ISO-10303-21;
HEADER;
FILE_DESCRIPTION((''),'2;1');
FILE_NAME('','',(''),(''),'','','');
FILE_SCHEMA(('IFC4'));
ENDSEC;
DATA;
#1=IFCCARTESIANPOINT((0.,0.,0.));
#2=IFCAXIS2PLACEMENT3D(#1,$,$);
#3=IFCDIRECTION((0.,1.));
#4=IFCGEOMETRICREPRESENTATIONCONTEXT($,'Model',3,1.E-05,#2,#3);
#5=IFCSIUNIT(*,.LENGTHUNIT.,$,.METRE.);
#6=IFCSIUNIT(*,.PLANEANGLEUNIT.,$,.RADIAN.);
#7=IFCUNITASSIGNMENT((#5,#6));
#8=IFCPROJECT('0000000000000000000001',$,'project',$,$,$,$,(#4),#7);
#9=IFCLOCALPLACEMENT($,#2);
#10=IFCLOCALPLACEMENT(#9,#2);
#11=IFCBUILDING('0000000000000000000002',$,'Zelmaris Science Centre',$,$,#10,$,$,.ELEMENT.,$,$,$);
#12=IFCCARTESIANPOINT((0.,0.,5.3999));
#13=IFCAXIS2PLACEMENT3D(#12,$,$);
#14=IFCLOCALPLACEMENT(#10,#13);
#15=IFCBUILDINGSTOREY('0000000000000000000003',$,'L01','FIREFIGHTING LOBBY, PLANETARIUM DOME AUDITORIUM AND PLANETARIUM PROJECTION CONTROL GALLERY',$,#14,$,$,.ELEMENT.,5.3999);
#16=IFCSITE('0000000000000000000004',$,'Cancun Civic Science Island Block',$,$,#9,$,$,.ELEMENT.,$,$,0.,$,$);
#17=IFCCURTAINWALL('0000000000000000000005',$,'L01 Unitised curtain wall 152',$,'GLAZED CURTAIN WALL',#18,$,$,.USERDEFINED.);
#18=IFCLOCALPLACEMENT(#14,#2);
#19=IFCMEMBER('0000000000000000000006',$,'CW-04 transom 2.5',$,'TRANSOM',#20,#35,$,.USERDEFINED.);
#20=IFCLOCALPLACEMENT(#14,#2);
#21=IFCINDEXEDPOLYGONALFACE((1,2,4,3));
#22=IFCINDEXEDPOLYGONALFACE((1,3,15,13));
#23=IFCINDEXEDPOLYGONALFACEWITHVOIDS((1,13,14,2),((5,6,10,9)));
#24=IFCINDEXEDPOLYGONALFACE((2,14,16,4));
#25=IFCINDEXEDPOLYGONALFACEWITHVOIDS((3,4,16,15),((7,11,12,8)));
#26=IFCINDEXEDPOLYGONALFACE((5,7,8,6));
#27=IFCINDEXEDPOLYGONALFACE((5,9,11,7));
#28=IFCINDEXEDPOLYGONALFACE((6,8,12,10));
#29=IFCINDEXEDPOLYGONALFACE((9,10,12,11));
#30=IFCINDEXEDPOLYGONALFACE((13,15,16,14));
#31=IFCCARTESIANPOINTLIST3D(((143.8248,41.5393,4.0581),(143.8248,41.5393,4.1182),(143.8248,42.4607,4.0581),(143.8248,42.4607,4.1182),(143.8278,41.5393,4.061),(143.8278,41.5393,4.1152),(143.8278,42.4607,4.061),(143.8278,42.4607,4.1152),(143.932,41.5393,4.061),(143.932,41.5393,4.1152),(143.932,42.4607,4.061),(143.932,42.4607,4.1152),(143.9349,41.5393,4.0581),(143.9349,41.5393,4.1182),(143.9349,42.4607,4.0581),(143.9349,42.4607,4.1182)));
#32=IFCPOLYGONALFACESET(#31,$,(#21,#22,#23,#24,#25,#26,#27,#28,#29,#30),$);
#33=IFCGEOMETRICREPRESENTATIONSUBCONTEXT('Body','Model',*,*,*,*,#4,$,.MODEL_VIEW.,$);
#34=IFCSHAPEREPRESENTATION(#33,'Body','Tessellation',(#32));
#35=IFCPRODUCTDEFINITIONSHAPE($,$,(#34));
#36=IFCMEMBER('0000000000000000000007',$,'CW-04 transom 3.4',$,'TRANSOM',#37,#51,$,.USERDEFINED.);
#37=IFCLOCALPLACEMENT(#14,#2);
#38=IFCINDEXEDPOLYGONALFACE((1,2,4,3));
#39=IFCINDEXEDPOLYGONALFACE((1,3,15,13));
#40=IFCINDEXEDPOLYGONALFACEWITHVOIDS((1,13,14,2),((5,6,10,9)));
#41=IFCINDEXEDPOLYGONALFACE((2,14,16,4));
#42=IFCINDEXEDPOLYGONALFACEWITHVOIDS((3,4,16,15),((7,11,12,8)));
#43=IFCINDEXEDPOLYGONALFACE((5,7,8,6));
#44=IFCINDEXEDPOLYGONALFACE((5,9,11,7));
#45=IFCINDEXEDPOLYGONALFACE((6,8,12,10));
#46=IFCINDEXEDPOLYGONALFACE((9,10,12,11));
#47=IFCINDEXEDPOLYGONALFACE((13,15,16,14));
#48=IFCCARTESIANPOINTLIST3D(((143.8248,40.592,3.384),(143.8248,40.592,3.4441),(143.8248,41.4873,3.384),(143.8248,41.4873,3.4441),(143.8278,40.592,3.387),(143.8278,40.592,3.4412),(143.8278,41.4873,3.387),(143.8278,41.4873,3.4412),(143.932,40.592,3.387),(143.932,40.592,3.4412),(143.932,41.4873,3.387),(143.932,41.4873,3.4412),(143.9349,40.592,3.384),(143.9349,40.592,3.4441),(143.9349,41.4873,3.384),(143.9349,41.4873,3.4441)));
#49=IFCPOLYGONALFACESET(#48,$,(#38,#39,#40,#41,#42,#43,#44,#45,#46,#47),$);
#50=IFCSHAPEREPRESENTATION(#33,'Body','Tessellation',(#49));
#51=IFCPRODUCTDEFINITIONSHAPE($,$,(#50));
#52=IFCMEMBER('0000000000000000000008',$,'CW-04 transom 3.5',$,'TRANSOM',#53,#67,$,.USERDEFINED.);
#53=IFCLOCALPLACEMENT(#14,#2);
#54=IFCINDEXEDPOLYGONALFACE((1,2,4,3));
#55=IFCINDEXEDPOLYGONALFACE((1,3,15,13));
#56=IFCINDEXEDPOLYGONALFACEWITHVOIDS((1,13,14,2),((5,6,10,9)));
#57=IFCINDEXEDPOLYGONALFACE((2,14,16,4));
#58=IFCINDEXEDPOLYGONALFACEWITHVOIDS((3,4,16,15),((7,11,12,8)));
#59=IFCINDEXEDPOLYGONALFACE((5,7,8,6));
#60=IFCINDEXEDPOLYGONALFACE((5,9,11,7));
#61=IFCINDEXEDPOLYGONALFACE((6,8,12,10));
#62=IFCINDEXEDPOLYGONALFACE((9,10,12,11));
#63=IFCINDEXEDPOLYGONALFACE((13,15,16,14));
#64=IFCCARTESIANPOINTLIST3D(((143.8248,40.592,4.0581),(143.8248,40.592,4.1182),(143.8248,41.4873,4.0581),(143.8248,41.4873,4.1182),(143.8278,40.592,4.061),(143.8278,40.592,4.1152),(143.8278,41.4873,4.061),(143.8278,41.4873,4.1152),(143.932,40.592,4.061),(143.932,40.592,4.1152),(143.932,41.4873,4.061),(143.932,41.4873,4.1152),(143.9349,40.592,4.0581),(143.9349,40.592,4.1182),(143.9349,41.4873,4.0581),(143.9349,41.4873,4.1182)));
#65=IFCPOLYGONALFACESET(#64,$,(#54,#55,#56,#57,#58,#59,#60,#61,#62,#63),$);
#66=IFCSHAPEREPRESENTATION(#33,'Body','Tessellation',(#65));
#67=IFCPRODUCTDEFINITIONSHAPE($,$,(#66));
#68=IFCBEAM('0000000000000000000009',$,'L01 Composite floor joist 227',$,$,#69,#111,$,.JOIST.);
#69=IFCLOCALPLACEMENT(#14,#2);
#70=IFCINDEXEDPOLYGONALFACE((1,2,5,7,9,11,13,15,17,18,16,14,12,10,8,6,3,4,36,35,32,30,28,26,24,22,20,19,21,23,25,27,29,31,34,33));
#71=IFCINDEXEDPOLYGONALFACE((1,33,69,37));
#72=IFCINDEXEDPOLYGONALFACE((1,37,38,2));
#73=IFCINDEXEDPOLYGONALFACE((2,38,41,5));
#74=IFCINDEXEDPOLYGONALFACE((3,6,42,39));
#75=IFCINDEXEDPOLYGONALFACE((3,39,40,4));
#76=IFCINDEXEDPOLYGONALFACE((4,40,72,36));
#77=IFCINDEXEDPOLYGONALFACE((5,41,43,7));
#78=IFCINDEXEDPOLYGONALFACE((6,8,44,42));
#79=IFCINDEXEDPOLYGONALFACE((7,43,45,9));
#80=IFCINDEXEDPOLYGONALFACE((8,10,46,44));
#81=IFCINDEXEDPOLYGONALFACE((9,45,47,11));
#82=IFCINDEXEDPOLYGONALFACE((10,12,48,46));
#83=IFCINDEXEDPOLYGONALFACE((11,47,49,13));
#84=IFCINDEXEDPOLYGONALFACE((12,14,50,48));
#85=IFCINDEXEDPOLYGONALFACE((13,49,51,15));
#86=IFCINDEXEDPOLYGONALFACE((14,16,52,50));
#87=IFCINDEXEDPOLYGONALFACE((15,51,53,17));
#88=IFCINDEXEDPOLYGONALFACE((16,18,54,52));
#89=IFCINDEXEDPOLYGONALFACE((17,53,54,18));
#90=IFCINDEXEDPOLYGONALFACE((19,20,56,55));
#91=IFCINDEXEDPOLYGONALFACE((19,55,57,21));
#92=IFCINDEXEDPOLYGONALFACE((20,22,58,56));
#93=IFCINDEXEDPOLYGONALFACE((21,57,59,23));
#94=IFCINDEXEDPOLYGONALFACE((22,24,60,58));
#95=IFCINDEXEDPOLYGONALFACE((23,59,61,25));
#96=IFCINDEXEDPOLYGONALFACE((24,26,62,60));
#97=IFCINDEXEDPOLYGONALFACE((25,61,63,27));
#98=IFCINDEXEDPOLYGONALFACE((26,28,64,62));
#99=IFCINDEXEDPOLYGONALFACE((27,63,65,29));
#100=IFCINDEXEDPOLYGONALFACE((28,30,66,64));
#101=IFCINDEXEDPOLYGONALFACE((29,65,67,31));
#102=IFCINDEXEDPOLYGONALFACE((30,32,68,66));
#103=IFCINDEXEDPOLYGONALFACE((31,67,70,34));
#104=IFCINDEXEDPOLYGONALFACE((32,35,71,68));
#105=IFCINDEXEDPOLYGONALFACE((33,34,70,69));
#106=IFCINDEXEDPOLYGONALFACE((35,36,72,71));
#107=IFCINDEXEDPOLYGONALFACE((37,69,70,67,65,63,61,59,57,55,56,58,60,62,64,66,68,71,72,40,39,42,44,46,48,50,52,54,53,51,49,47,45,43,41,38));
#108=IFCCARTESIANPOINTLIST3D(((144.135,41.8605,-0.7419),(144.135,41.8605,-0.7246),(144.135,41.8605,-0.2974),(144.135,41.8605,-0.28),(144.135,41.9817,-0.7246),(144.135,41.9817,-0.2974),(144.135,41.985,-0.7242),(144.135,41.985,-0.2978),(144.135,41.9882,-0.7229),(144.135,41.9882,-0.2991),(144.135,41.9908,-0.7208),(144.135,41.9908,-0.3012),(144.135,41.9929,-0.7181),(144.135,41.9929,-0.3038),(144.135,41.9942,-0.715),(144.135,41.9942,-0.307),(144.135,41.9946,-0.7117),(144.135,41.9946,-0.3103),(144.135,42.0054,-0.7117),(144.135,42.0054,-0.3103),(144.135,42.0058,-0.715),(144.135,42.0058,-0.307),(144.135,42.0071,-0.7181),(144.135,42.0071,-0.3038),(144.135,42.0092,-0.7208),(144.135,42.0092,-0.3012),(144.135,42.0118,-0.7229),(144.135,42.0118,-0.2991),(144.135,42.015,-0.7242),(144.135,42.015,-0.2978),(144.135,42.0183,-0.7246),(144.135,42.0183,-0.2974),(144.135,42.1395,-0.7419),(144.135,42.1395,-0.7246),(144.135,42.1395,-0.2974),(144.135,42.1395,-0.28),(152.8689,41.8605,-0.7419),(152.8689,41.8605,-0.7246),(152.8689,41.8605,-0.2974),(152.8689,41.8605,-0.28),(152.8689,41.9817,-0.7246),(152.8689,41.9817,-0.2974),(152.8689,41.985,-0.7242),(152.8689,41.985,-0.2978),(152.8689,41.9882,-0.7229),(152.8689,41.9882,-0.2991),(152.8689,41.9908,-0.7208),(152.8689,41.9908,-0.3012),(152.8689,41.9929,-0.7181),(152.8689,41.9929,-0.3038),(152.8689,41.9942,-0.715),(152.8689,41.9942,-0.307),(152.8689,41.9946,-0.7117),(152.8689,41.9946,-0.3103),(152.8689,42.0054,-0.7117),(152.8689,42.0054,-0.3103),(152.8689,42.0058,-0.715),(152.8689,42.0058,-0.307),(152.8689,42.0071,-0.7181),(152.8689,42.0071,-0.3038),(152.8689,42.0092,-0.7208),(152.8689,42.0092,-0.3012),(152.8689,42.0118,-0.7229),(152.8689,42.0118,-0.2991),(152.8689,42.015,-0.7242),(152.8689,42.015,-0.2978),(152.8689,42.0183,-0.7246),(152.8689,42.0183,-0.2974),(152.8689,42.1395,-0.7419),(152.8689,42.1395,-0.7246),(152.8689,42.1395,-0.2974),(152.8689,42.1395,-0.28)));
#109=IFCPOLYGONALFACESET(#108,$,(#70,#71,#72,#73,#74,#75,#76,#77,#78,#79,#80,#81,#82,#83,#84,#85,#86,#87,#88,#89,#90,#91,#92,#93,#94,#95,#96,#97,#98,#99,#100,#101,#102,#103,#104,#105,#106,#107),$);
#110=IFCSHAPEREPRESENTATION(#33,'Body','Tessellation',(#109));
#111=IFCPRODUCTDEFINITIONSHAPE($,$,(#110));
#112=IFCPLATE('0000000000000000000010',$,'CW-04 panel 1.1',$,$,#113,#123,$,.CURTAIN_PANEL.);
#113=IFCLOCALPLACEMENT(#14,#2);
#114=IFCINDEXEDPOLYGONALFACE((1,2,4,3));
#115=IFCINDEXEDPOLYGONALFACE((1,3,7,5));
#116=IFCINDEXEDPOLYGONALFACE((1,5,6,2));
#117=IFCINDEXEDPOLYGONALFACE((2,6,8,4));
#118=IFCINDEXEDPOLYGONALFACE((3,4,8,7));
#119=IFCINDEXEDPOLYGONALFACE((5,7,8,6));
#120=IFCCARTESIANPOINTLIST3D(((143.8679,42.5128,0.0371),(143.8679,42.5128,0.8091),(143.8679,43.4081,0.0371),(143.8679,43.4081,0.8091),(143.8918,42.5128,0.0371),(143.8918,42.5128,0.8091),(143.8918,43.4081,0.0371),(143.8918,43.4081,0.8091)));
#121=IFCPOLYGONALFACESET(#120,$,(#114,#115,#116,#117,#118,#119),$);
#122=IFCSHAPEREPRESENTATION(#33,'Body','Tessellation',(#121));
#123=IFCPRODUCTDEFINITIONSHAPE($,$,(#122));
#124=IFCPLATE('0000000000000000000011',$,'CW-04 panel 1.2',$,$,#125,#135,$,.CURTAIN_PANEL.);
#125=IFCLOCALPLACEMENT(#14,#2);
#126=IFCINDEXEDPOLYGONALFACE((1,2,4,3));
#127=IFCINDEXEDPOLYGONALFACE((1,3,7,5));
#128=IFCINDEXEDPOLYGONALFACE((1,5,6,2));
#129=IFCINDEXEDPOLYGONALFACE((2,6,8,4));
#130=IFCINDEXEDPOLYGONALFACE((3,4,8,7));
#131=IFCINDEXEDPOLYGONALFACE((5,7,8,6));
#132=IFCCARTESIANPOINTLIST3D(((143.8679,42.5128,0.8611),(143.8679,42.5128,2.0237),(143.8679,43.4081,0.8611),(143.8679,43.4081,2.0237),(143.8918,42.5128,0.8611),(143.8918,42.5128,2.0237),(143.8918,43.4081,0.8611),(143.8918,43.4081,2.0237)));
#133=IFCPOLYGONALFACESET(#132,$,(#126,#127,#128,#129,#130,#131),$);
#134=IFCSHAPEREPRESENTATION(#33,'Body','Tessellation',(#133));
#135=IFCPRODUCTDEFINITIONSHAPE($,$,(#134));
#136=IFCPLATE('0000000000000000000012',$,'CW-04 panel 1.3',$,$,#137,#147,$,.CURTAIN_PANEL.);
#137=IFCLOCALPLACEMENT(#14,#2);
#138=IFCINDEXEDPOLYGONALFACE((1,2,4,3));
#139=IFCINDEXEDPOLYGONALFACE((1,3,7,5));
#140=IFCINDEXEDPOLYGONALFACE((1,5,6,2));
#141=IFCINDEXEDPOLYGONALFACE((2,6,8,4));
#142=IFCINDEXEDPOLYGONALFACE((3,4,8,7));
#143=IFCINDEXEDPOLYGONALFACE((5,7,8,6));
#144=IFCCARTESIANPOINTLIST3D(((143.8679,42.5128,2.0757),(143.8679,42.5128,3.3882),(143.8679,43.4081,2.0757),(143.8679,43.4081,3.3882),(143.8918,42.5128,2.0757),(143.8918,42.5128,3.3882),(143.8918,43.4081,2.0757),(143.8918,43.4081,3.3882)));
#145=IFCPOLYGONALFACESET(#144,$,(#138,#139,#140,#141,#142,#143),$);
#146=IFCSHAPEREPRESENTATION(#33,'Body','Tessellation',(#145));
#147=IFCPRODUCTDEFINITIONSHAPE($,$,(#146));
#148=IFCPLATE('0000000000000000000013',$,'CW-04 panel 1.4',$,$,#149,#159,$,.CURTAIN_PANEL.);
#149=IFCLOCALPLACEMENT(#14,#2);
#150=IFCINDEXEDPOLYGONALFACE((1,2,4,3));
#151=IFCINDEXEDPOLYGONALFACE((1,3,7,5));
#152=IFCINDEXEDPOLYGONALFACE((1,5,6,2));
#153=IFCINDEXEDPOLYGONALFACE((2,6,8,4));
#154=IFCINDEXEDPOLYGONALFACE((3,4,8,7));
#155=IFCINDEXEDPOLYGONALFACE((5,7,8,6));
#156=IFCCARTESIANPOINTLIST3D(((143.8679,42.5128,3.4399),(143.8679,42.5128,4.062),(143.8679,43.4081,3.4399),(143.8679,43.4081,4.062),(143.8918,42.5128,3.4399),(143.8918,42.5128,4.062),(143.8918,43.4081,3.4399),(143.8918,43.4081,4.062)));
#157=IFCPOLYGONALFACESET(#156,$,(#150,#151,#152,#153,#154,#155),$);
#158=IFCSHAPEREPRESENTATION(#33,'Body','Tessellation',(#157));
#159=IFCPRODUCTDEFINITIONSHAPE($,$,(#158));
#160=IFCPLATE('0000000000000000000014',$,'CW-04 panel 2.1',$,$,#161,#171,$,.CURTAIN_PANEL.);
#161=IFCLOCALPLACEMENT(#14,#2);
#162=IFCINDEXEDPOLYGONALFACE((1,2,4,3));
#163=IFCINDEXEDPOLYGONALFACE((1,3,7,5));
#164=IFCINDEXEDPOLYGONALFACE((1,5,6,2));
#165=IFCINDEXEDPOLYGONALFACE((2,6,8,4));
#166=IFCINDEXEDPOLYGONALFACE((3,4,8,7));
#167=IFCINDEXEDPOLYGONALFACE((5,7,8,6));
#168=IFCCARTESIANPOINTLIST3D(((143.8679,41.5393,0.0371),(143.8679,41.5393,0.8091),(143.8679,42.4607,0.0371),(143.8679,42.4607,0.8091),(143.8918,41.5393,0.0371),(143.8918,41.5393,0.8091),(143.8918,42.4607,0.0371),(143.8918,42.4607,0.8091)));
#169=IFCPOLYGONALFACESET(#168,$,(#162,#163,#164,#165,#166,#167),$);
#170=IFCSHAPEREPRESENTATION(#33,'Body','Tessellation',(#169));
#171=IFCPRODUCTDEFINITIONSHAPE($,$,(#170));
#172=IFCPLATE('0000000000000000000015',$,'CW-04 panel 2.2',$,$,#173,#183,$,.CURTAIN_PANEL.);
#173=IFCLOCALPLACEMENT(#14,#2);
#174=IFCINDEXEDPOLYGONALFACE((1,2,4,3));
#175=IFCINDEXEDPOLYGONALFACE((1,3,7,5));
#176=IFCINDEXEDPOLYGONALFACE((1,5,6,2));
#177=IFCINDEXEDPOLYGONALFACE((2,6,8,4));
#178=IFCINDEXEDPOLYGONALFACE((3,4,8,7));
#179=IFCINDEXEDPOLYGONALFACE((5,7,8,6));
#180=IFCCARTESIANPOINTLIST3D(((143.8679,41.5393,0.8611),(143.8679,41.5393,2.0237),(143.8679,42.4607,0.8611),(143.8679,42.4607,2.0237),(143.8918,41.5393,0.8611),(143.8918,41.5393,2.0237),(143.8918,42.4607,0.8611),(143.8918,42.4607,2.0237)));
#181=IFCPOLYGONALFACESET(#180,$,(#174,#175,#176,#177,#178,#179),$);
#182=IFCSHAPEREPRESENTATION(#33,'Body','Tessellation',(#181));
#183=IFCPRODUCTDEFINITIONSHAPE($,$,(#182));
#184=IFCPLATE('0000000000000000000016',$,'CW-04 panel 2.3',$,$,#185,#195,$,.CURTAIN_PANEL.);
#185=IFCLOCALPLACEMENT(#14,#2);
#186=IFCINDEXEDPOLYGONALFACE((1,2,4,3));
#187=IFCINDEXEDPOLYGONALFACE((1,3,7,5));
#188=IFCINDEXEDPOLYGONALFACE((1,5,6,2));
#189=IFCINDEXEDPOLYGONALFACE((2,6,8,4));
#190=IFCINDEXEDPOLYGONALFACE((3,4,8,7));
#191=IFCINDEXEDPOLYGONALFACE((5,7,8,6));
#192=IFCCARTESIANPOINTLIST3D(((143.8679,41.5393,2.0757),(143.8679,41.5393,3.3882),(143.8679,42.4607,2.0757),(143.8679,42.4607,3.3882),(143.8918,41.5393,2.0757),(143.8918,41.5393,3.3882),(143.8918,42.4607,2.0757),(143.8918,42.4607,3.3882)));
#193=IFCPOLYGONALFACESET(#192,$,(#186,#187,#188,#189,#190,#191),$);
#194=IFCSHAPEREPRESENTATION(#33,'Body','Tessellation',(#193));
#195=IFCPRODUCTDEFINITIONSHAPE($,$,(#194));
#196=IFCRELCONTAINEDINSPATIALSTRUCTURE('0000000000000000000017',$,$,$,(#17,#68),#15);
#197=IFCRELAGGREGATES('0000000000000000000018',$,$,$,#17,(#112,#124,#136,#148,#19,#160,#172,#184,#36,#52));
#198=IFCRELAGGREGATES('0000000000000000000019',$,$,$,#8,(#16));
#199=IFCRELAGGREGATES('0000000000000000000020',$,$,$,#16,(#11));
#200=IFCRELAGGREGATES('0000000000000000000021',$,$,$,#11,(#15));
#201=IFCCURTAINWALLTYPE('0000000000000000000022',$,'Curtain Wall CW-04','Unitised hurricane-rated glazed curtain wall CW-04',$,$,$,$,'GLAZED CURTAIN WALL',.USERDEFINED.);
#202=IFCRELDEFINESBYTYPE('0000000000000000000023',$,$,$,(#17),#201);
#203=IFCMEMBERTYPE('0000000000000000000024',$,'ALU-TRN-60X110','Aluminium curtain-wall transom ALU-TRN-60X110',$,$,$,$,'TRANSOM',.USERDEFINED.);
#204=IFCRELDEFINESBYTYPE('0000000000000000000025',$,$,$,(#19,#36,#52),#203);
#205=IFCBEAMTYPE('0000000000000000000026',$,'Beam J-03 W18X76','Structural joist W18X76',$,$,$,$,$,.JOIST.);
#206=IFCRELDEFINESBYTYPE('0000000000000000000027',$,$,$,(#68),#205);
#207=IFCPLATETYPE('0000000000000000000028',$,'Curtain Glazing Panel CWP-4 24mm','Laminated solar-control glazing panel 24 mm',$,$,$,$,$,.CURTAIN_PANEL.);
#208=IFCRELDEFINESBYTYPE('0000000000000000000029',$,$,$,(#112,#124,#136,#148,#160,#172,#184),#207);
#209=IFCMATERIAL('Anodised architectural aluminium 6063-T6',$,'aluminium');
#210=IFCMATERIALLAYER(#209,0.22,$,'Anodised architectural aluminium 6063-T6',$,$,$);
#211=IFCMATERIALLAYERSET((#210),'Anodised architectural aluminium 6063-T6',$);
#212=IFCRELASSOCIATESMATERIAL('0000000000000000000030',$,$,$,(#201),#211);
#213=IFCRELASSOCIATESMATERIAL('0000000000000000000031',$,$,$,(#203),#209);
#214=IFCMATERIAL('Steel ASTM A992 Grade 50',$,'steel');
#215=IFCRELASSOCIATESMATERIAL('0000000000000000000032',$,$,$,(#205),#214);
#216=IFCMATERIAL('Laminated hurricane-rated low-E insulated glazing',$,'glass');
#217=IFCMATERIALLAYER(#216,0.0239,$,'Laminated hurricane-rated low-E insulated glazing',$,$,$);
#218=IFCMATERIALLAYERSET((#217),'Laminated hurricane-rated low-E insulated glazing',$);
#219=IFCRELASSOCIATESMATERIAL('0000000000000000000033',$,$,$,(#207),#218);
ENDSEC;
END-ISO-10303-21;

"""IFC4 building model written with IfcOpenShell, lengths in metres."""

from ifc_helpers import new_model, si_unit, direction, frame, origin, origin_2d, place, context, subcontext, project, spatial, rectangle, hollow_rectangle, i_section, extrude, material, layer, layer_set, material_profile, profile_set, type_object, element, aggregate, save


model = new_model("IFC4")

# Units and contexts
model_context = context("Model", 3, precision=1e-05, world=origin(), true_north=direction((0.0, 1.0)))
body_context = subcontext(model_context, "Body", "Model", "MODEL_VIEW")
ifc_project = project(units=[si_unit("LENGTHUNIT", "METRE"), si_unit("PLANEANGLEUNIT", "RADIAN")], contexts=[model_context])

# Site, building, storey
site_placement = place(None, origin())
site = spatial("IfcSite", under=ifc_project, at=site_placement, Name="Cancun Civic Science Island Block", CompositionType="ELEMENT", RefElevation=0.0)
building_placement = place(site_placement, origin())
building = spatial("IfcBuilding", under=site, at=building_placement, Name="Zelmaris Science Centre", CompositionType="ELEMENT")
storey_placement = place(building_placement, frame((0.0, 0.0, 5.3999)))
storey = spatial("IfcBuildingStorey", under=building, at=storey_placement, Name="L01", Description="FIREFIGHTING LOBBY, PLANETARIUM DOME AUDITORIUM AND PLANETARIUM PROJECTION CONTROL GALLERY", CompositionType="ELEMENT", Elevation=5.3999)

# Curtain wall, members
ifc_material_1 = material(Name="Anodised architectural aluminium 6063-T6", Category="aluminium")
ifc_layer_1 = layer(ifc_material_1, 0.22, Name="Anodised architectural aluminium 6063-T6")
ifc_layer_set_1 = layer_set([ifc_layer_1], Name="Anodised architectural aluminium 6063-T6")
curtain_wall_type = type_object("IfcCurtainWallType", Name="Curtain Wall CW-04", Description="Unitised hurricane-rated glazed curtain wall CW-04", ElementType="GLAZED CURTAIN WALL", PredefinedType="USERDEFINED", material=ifc_layer_set_1)
curtain_wall_placement = place(storey_placement, origin())
curtain_wall = element("IfcCurtainWall", 1, at=curtain_wall_placement, inside=storey, type_object=curtain_wall_type, Name="L01 Unitised curtain wall 152", ObjectType="GLAZED CURTAIN WALL", PredefinedType="USERDEFINED")
ifc_material_profile_1 = material_profile(ifc_material_1, hollow_rectangle(XDim=0.0601, YDim=0.1101, WallThickness=0.0029, at=origin_2d()), Name="ALU-TRN-60X110")
ifc_profile_set_1 = profile_set([ifc_material_profile_1], Name="Anodised architectural aluminium 6063-T6")
member_type_1 = type_object("IfcMemberType", Name="ALU-TRN-60X110", Description="Aluminium curtain-wall transom ALU-TRN-60X110", ElementType="TRANSOM", PredefinedType="USERDEFINED", material=ifc_profile_set_1)
member_1_placement = place(storey_placement, frame((143.8799, 42.4607, 4.0881), z_axis=(0.0, -1.0, 0.0), x_axis=(0.0, 0.0, 1.0)))
member_1 = element("IfcMember", 2, at=member_1_placement, type_object=member_type_1, Name="CW-04 transom 2.5", ObjectType="TRANSOM", PredefinedType="USERDEFINED", context=body_context, shape_type="SweptSolid", body=[
    extrude(hollow_rectangle(XDim=0.0601, YDim=0.1101, WallThickness=0.0029, at=origin_2d()), origin(), (0.0, 0.0, 1.0), 0.9214),
])
member_2_placement = place(storey_placement, frame((143.8799, 41.4873, 3.4141), z_axis=(0.0, -1.0, 0.0), x_axis=(0.0, 0.0, 1.0)))
member_2 = element("IfcMember", 3, at=member_2_placement, type_object=member_type_1, Name="CW-04 transom 3.4", ObjectType="TRANSOM", PredefinedType="USERDEFINED", context=body_context, shape_type="SweptSolid", body=[
    extrude(hollow_rectangle(XDim=0.0601, YDim=0.1101, WallThickness=0.0029, at=origin_2d()), origin(), (0.0, 0.0, 1.0), 0.8953),
])
member_3_placement = place(storey_placement, frame((143.8799, 41.4873, 4.0881), z_axis=(0.0, -1.0, 0.0), x_axis=(0.0, 0.0, 1.0)))
member_3 = element("IfcMember", 4, at=member_3_placement, type_object=member_type_1, Name="CW-04 transom 3.5", ObjectType="TRANSOM", PredefinedType="USERDEFINED", context=body_context, shape_type="SweptSolid", body=[
    extrude(hollow_rectangle(XDim=0.0601, YDim=0.1101, WallThickness=0.0029, at=origin_2d()), origin(), (0.0, 0.0, 1.0), 0.8953),
])

# Beam
ifc_material_2 = material(Name="Steel ASTM A992 Grade 50", Category="steel")
ifc_material_profile_2 = material_profile(ifc_material_2, i_section(OverallWidth=0.2791, OverallDepth=0.4619, WebThickness=0.0107, FlangeThickness=0.0173, FilletRadius=0.0129, at=origin_2d()), Name="W18X76")
ifc_profile_set_2 = profile_set([ifc_material_profile_2], Name="Steel ASTM A992 Grade 50")
beam_type = type_object("IfcBeamType", Name="Beam J-03 W18X76", Description="Structural joist W18X76", PredefinedType="JOIST", material=ifc_profile_set_2)
beam_placement = place(storey_placement, frame((144.135, 42.0, -0.511), z_axis=(1.0, 0.0, 0.0), x_axis=(0.0, 1.0, 0.0)))
element("IfcBeam", 5, at=beam_placement, inside=storey, type_object=beam_type, Name="L01 Composite floor joist 227", PredefinedType="JOIST", context=body_context, shape_type="SweptSolid", body=[
    extrude(i_section(OverallWidth=0.2791, OverallDepth=0.4619, WebThickness=0.0107, FlangeThickness=0.0173, FilletRadius=0.0129, at=origin_2d()), origin(), (0.0, 0.0, 1.0), 8.7339),
])

# Plates
ifc_material_3 = material(Name="Laminated hurricane-rated low-E insulated glazing", Category="glass")
ifc_layer_2 = layer(ifc_material_3, 0.0239, Name="Laminated hurricane-rated low-E insulated glazing")
ifc_layer_set_2 = layer_set([ifc_layer_2], Name="Laminated hurricane-rated low-E insulated glazing")
plate_type = type_object("IfcPlateType", Name="Curtain Glazing Panel CWP-4 24mm", Description="Laminated solar-control glazing panel 24 mm", PredefinedType="CURTAIN_PANEL", material=ifc_layer_set_2)
plate_1_placement = place(storey_placement, frame((143.8799, 42.9604, 0.0371), z_axis=(0.0, 0.0, 1.0), x_axis=(0.0, -1.0, 0.0)))
plate_1 = element("IfcPlate", 6, at=plate_1_placement, type_object=plate_type, Name="CW-04 panel 1.1", PredefinedType="CURTAIN_PANEL", context=body_context, shape_type="SweptSolid", body=[
    extrude(rectangle(XDim=0.8953, YDim=0.0239, at=origin_2d()), origin(), (0.0, 0.0, 1.0), 0.772),
])
plate_2_placement = place(storey_placement, frame((143.8799, 42.9604, 0.8611), z_axis=(0.0, 0.0, 1.0), x_axis=(0.0, -1.0, 0.0)))
plate_2 = element("IfcPlate", 7, at=plate_2_placement, type_object=plate_type, Name="CW-04 panel 1.2", PredefinedType="CURTAIN_PANEL", context=body_context, shape_type="SweptSolid", body=[
    extrude(rectangle(XDim=0.8953, YDim=0.0239, at=origin_2d()), origin(), (0.0, 0.0, 1.0), 1.1626),
])
plate_3_placement = place(storey_placement, frame((143.8799, 42.9604, 2.0757), z_axis=(0.0, 0.0, 1.0), x_axis=(0.0, -1.0, 0.0)))
plate_3 = element("IfcPlate", 8, at=plate_3_placement, type_object=plate_type, Name="CW-04 panel 1.3", PredefinedType="CURTAIN_PANEL", context=body_context, shape_type="SweptSolid", body=[
    extrude(rectangle(XDim=0.8953, YDim=0.0239, at=origin_2d()), origin(), (0.0, 0.0, 1.0), 1.3125),
])
plate_4_placement = place(storey_placement, frame((143.8799, 42.9604, 3.4399), z_axis=(0.0, 0.0, 1.0), x_axis=(0.0, -1.0, 0.0)))
plate_4 = element("IfcPlate", 9, at=plate_4_placement, type_object=plate_type, Name="CW-04 panel 1.4", PredefinedType="CURTAIN_PANEL", context=body_context, shape_type="SweptSolid", body=[
    extrude(rectangle(XDim=0.8953, YDim=0.0239, at=origin_2d()), origin(), (0.0, 0.0, 1.0), 0.6221),
])
plate_5_placement = place(storey_placement, frame((143.8799, 42.0, 0.0371), z_axis=(0.0, 0.0, 1.0), x_axis=(0.0, -1.0, 0.0)))
plate_5 = element("IfcPlate", 10, at=plate_5_placement, type_object=plate_type, Name="CW-04 panel 2.1", PredefinedType="CURTAIN_PANEL", context=body_context, shape_type="SweptSolid", body=[
    extrude(rectangle(XDim=0.9214, YDim=0.0239, at=origin_2d()), origin(), (0.0, 0.0, 1.0), 0.772),
])
plate_6_placement = place(storey_placement, frame((143.8799, 42.0, 0.8611), z_axis=(0.0, 0.0, 1.0), x_axis=(0.0, -1.0, 0.0)))
plate_6 = element("IfcPlate", 11, at=plate_6_placement, type_object=plate_type, Name="CW-04 panel 2.2", PredefinedType="CURTAIN_PANEL", context=body_context, shape_type="SweptSolid", body=[
    extrude(rectangle(XDim=0.9214, YDim=0.0239, at=origin_2d()), origin(), (0.0, 0.0, 1.0), 1.1626),
])
plate_7_placement = place(storey_placement, frame((143.8799, 42.0, 2.0757), z_axis=(0.0, 0.0, 1.0), x_axis=(0.0, -1.0, 0.0)))
plate_7 = element("IfcPlate", 12, at=plate_7_placement, type_object=plate_type, Name="CW-04 panel 2.3", PredefinedType="CURTAIN_PANEL", context=body_context, shape_type="SweptSolid", body=[
    extrude(rectangle(XDim=0.9214, YDim=0.0239, at=origin_2d()), origin(), (0.0, 0.0, 1.0), 1.3125),
])
aggregate(curtain_wall, [plate_1, plate_2, plate_3, plate_4, member_1, plate_5, plate_6, plate_7, member_2, member_3])

save(model, "model.ifc")
